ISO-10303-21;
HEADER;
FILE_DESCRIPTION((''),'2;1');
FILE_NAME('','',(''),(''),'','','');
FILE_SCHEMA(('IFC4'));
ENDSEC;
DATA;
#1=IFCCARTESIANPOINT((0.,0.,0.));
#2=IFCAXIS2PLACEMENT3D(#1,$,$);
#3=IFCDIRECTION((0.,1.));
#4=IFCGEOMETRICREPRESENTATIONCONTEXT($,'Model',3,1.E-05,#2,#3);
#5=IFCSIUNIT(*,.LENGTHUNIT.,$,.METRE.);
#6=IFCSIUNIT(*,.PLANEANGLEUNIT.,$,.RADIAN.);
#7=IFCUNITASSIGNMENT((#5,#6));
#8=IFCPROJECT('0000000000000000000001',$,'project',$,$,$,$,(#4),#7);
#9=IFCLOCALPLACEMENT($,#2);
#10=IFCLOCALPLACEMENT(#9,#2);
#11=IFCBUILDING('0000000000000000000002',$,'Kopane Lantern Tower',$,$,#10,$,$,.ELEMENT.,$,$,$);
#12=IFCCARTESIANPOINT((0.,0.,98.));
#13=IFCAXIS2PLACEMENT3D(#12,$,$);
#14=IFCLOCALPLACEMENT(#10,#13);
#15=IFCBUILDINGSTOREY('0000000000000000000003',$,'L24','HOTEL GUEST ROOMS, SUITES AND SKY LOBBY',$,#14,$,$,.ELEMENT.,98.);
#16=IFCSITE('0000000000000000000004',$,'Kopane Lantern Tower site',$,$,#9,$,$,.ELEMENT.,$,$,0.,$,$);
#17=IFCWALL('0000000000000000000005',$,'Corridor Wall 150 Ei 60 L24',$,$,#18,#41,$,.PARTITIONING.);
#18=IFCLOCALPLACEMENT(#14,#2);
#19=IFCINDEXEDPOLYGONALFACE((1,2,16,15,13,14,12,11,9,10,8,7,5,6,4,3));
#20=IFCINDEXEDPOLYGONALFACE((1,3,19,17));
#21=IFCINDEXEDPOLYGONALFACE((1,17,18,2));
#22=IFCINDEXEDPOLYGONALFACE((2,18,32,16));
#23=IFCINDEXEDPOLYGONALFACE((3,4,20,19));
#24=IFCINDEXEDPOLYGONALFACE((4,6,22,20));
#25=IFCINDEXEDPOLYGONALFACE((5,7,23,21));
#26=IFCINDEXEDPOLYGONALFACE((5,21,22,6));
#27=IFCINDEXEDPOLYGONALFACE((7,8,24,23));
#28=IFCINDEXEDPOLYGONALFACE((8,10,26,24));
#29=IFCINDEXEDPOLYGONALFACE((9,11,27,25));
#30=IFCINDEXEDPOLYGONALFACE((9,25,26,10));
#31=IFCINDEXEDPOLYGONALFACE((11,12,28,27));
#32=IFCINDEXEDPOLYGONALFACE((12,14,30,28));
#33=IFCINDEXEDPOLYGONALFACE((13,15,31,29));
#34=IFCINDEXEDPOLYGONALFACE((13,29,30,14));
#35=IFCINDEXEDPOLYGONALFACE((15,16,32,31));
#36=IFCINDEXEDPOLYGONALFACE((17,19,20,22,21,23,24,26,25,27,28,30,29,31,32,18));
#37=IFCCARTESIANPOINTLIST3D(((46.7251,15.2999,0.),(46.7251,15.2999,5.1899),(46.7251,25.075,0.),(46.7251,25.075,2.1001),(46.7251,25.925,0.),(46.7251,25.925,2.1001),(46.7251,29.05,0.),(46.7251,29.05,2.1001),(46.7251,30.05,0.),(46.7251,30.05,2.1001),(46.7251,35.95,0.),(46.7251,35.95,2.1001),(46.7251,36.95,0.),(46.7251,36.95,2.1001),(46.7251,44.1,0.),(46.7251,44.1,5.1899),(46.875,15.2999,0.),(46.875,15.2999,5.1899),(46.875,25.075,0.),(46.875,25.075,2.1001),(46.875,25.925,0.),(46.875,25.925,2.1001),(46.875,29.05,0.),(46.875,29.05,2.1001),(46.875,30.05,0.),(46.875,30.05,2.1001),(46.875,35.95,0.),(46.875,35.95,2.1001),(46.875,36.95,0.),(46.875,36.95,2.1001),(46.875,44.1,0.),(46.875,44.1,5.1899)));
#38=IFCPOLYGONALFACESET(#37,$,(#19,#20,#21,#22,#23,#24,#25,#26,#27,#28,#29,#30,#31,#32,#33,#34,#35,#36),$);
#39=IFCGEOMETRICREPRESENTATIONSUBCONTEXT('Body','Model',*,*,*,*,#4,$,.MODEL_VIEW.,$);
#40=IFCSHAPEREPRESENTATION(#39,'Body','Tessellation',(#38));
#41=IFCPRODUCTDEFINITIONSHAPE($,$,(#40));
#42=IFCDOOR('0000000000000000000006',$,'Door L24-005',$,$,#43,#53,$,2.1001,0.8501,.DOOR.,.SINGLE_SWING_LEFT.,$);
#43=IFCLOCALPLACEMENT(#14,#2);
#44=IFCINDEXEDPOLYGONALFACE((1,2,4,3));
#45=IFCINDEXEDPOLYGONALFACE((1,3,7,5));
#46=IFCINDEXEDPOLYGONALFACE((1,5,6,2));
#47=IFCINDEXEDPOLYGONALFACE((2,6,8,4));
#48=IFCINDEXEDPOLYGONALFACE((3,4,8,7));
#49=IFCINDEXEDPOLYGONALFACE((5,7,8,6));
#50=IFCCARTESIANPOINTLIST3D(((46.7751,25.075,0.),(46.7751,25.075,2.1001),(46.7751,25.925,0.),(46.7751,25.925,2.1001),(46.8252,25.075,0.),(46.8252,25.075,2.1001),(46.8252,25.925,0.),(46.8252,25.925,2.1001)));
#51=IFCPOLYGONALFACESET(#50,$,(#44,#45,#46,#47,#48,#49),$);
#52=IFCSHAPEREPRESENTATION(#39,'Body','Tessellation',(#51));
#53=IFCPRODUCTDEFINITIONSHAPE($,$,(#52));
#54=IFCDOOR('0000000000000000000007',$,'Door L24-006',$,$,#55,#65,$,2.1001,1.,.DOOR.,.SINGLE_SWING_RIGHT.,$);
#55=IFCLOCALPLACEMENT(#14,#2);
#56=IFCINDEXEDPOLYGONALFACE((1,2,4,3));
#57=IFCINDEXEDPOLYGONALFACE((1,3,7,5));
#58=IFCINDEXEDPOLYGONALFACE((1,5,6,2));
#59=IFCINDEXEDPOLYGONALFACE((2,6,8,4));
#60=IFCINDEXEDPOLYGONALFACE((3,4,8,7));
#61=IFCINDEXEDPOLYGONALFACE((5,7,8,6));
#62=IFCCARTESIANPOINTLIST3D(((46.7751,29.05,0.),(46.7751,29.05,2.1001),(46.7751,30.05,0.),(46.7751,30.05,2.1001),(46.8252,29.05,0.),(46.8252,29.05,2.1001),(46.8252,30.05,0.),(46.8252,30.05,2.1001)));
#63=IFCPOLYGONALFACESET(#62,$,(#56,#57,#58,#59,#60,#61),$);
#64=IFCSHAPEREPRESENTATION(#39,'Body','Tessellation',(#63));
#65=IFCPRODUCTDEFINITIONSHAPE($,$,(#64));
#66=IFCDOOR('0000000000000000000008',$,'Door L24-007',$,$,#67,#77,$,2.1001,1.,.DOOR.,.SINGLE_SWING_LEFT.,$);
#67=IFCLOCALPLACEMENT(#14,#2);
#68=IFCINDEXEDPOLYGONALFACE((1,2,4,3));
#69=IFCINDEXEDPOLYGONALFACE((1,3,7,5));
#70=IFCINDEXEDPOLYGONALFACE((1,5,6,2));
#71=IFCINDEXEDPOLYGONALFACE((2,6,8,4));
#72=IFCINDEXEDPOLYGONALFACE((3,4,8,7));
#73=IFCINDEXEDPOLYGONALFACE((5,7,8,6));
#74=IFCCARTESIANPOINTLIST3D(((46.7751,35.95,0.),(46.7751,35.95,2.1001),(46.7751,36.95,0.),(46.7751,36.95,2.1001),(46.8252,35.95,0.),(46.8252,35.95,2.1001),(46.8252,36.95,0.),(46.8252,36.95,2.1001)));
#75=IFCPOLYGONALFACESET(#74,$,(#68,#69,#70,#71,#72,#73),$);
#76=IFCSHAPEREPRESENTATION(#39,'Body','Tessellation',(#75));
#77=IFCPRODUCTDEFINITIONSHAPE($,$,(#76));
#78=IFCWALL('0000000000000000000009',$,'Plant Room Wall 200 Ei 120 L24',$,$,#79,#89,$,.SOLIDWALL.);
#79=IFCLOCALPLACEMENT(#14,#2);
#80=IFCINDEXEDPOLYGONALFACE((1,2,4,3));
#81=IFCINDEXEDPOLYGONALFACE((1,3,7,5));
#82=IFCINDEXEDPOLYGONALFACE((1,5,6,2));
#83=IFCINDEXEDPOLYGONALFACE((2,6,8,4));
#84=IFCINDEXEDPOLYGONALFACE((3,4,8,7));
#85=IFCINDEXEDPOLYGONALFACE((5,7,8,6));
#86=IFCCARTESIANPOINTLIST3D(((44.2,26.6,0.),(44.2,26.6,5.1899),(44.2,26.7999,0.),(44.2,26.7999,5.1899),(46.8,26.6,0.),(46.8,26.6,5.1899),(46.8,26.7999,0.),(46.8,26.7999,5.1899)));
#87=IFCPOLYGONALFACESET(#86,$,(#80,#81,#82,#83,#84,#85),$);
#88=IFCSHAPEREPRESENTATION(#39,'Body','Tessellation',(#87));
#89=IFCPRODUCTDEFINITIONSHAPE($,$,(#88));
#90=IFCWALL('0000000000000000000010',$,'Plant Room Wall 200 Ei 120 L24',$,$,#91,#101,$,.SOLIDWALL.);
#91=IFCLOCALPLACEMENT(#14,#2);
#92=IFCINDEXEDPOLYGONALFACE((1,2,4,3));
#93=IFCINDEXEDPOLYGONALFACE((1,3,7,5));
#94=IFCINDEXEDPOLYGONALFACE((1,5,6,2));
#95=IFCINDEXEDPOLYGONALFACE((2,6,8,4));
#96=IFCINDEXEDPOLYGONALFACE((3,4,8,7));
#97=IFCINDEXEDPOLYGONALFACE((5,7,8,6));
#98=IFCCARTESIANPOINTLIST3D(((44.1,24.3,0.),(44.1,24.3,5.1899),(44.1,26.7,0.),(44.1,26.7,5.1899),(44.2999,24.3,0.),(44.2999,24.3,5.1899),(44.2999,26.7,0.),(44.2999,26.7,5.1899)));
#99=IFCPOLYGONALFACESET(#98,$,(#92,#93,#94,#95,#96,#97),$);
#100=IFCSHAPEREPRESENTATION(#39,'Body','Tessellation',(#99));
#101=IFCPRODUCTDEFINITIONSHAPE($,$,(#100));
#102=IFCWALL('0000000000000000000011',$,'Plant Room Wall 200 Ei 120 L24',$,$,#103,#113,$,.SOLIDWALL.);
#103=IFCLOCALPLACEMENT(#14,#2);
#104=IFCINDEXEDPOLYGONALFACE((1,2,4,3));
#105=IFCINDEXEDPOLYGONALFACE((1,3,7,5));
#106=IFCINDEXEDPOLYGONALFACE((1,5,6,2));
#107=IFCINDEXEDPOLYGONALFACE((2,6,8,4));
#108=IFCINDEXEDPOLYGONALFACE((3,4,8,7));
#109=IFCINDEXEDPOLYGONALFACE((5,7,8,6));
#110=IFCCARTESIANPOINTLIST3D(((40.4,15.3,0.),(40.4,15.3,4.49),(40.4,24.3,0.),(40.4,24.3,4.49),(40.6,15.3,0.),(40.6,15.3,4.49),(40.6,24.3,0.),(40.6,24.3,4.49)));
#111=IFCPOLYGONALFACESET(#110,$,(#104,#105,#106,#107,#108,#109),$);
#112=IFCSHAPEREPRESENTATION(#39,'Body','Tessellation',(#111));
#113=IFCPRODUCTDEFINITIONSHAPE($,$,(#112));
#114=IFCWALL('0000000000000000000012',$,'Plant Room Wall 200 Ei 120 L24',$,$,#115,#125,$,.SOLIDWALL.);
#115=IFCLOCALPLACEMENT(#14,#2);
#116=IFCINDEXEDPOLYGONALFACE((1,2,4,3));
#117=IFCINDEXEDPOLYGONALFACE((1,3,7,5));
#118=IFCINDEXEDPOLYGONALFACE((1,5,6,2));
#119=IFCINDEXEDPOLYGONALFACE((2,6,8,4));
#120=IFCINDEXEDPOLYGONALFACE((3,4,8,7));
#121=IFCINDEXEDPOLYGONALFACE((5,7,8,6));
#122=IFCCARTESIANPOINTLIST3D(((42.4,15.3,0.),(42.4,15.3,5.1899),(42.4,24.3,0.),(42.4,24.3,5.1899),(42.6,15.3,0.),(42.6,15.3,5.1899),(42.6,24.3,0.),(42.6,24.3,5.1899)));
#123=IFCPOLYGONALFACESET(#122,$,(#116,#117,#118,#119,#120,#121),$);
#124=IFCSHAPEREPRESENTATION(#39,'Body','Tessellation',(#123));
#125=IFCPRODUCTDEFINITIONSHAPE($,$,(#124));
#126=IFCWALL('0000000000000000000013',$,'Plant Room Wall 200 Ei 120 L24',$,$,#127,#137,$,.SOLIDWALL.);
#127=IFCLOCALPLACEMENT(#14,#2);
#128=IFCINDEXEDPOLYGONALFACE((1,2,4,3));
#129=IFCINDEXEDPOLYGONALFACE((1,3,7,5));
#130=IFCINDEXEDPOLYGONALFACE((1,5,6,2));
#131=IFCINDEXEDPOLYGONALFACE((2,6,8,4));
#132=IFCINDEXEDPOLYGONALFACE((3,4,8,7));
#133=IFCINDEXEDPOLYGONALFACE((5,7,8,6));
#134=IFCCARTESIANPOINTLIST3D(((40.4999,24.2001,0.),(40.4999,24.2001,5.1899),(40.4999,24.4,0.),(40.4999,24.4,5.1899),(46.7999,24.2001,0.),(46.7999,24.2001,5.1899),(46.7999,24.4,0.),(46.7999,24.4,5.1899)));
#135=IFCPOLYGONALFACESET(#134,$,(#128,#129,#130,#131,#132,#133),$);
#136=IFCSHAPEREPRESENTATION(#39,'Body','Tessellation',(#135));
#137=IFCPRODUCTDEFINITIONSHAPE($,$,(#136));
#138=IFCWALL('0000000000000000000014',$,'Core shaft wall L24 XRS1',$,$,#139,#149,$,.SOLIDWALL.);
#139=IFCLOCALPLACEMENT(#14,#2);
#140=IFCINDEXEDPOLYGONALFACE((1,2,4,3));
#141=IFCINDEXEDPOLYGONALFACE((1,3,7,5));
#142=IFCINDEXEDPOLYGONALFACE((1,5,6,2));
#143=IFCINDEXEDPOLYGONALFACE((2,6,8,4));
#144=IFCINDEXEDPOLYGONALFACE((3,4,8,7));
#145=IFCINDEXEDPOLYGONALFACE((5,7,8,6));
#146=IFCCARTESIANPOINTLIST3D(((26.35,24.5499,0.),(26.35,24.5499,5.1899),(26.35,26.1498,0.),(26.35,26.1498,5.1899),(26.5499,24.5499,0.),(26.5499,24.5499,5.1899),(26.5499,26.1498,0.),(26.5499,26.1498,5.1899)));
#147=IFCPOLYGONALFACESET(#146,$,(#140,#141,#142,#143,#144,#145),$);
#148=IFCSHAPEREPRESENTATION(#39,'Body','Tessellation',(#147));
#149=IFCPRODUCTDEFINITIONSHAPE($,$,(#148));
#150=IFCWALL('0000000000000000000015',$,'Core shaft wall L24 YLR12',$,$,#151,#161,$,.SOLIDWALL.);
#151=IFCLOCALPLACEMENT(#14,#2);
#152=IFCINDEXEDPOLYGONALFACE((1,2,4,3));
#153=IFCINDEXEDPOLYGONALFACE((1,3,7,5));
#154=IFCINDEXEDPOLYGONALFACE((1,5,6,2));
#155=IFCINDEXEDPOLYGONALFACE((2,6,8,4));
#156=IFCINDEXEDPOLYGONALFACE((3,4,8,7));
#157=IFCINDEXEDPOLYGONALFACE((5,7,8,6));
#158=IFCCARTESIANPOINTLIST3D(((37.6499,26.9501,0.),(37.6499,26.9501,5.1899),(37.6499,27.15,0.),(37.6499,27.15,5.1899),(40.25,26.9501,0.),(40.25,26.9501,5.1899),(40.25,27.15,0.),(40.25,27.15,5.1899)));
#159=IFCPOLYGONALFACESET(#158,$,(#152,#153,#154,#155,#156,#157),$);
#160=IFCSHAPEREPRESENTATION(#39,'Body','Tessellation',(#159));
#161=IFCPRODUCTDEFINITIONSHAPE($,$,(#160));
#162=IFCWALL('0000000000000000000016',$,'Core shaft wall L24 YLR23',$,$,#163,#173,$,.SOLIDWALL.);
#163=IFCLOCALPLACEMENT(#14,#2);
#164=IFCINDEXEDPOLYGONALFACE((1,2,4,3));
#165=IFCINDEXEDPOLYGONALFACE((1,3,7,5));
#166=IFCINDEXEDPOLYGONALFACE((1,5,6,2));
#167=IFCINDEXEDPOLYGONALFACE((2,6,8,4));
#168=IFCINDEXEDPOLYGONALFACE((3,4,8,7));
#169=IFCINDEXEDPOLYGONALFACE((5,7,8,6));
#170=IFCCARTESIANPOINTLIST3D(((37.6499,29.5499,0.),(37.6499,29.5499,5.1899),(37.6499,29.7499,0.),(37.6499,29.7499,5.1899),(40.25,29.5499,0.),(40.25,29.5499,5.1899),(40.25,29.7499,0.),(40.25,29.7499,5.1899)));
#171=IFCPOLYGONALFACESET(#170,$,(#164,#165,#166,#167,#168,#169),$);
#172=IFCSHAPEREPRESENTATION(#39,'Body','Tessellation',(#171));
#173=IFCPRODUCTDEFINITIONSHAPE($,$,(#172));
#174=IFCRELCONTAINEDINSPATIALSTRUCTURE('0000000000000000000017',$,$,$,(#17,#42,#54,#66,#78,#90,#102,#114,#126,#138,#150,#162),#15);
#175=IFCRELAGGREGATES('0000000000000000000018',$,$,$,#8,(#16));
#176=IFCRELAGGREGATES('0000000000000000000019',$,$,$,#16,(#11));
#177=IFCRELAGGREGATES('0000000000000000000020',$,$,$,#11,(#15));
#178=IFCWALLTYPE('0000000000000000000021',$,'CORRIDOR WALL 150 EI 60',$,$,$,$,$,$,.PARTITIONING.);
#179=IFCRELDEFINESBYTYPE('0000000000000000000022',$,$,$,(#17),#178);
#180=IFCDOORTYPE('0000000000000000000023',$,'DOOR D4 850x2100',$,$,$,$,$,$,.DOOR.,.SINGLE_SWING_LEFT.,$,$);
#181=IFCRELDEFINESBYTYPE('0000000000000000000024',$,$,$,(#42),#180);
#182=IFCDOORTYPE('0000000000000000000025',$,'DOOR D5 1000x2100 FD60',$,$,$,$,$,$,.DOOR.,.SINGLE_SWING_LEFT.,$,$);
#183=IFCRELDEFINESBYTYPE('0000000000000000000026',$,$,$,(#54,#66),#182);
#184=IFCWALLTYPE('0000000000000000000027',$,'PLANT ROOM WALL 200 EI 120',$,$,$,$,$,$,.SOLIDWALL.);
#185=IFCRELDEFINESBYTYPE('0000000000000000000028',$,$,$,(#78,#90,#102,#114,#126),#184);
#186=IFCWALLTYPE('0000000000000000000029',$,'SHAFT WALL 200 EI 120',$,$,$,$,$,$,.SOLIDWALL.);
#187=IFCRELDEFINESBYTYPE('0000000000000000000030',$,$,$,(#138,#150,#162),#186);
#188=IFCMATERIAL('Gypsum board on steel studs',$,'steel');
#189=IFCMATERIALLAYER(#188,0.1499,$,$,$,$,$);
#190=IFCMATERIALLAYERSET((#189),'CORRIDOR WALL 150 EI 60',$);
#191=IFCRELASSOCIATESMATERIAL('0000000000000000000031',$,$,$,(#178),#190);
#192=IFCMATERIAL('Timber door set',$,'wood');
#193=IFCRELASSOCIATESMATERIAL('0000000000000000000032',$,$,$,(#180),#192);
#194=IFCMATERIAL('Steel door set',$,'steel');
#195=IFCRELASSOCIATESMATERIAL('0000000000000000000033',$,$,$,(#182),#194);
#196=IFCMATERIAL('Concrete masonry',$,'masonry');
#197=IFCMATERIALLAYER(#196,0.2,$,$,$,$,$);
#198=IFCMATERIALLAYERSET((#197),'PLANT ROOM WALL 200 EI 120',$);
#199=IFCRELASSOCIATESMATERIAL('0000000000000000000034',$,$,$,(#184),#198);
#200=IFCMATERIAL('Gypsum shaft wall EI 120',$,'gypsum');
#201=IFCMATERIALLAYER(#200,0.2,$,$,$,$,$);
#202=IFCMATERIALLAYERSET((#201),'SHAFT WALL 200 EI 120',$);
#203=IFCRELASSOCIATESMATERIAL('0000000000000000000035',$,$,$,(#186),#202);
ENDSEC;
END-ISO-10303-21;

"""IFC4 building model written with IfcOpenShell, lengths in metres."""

from ifc_helpers import new_model, si_unit, direction, frame, frame_2d, origin, place, context, subcontext, project, spatial, rectangle, extrude, material, layer, layer_set, type_object, element, fill, save


model = new_model("IFC4")

# Units and contexts
model_context = context("Model", 3, precision=1e-05, world=origin(), true_north=direction((0.0, 1.0)))
body_context = subcontext(model_context, "Body", "Model", "MODEL_VIEW")
ifc_project = project(units=[si_unit("LENGTHUNIT", "METRE"), si_unit("PLANEANGLEUNIT", "RADIAN")], contexts=[model_context])

# Site, building, storey
site_placement = place(None, origin())
site = spatial("IfcSite", under=ifc_project, at=site_placement, Name="Kopane Lantern Tower site", CompositionType="ELEMENT", RefElevation=0.0)
building_placement = place(site_placement, origin())
building = spatial("IfcBuilding", under=site, at=building_placement, Name="Kopane Lantern Tower", CompositionType="ELEMENT")
storey_placement = place(building_placement, frame((0.0, 0.0, 98.0)))
storey = spatial("IfcBuildingStorey", under=building, at=storey_placement, Name="L24", Description="HOTEL GUEST ROOMS, SUITES AND SKY LOBBY", CompositionType="ELEMENT", Elevation=98.0)

# Wall, openings, doors
ifc_material_1 = material(Name="Gypsum board on steel studs", Category="steel")
ifc_layer_1 = layer(ifc_material_1, 0.1499)
ifc_layer_set_1 = layer_set([ifc_layer_1], Name="CORRIDOR WALL 150 EI 60")
wall_type_1 = type_object("IfcWallType", Name="CORRIDOR WALL 150 EI 60", PredefinedType="PARTITIONING", material=ifc_layer_set_1)
wall_1_placement = place(storey_placement, frame((46.8, 15.3, 0.0), z_axis=(0.0, 0.0, 1.0), x_axis=(0.0, 1.0, 0.0)))
wall_1 = element("IfcWall", 1, at=wall_1_placement, inside=storey, type_object=wall_type_1, Name="Corridor Wall 150 Ei 60 L24", PredefinedType="PARTITIONING", context=body_context, shape_type="SweptSolid", body=[
    extrude(rectangle(XDim=28.8, YDim=0.1499, at=frame_2d((14.3999, 0.0))), origin(), (0.0, 0.0, 1.0), 5.1899),
])
opening_1_placement = place(wall_1_placement, frame((9.7749, 0.0, 0.0)))
opening_1 = element("IfcOpeningElement", 2, at=opening_1_placement, cuts=wall_1, PredefinedType="OPENING", context=body_context, shape_type="SweptSolid", body=[
    extrude(rectangle(XDim=0.8501, YDim=2.1001, at=frame_2d((0.425, 1.05))), frame((0.0, 0.085, 0.0), z_axis=(0.0, -1.0, 0.0), x_axis=(1.0, 0.0, 0.0)), (0.0, 0.0, 1.0), 0.1699),
])
opening_2_placement = place(wall_1_placement, frame((13.75, 0.0, 0.0)))
opening_2 = element("IfcOpeningElement", 3, at=opening_2_placement, cuts=wall_1, PredefinedType="OPENING", context=body_context, shape_type="SweptSolid", body=[
    extrude(rectangle(XDim=1.0, YDim=2.1001, at=frame_2d((0.5, 1.05))), frame((0.0, 0.085, 0.0), z_axis=(0.0, -1.0, 0.0), x_axis=(1.0, 0.0, 0.0)), (0.0, 0.0, 1.0), 0.1699),
])
opening_3_placement = place(wall_1_placement, frame((20.6499, 0.0, 0.0)))
opening_3 = element("IfcOpeningElement", 4, at=opening_3_placement, cuts=wall_1, PredefinedType="OPENING", context=body_context, shape_type="SweptSolid", body=[
    extrude(rectangle(XDim=1.0, YDim=2.1001, at=frame_2d((0.5, 1.05))), frame((0.0, 0.085, 0.0), z_axis=(0.0, -1.0, 0.0), x_axis=(1.0, 0.0, 0.0)), (0.0, 0.0, 1.0), 0.1699),
])
ifc_material_2 = material(Name="Timber door set", Category="wood")
door_type_1 = type_object("IfcDoorType", Name="DOOR D4 850x2100", OperationType="SINGLE_SWING_LEFT", PredefinedType="DOOR", material=ifc_material_2)
door_1_placement = place(opening_1_placement, origin())
door_1 = element("IfcDoor", 5, at=door_1_placement, inside=storey, type_object=door_type_1, Name="Door L24-005", OperationType="SINGLE_SWING_LEFT", OverallHeight=2.1001, OverallWidth=0.8501, PredefinedType="DOOR", context=body_context, shape_type="SweptSolid", body=[
    extrude(rectangle(XDim=0.8501, YDim=2.1001, at=frame_2d((0.425, 1.05))), frame((0.0, 0.0249, 0.0), z_axis=(0.0, -1.0, 0.0), x_axis=(1.0, 0.0, 0.0)), (0.0, 0.0, 1.0), 0.05),
])
fill(opening_1, door_1)
ifc_material_3 = material(Name="Steel door set", Category="steel")
door_type_2 = type_object("IfcDoorType", Name="DOOR D5 1000x2100 FD60", OperationType="SINGLE_SWING_LEFT", PredefinedType="DOOR", material=ifc_material_3)
door_2_placement = place(opening_2_placement, origin())
door_2 = element("IfcDoor", 6, at=door_2_placement, inside=storey, type_object=door_type_2, Name="Door L24-006", OperationType="SINGLE_SWING_RIGHT", OverallHeight=2.1001, OverallWidth=1.0, PredefinedType="DOOR", context=body_context, shape_type="SweptSolid", body=[
    extrude(rectangle(XDim=1.0, YDim=2.1001, at=frame_2d((0.5, 1.05))), frame((0.0, 0.0249, 0.0), z_axis=(0.0, -1.0, 0.0), x_axis=(1.0, 0.0, 0.0)), (0.0, 0.0, 1.0), 0.05),
])
fill(opening_2, door_2)
door_3_placement = place(opening_3_placement, origin())
door_3 = element("IfcDoor", 7, at=door_3_placement, inside=storey, type_object=door_type_2, Name="Door L24-007", OperationType="SINGLE_SWING_LEFT", OverallHeight=2.1001, OverallWidth=1.0, PredefinedType="DOOR", context=body_context, shape_type="SweptSolid", body=[
    extrude(rectangle(XDim=1.0, YDim=2.1001, at=frame_2d((0.5, 1.05))), frame((0.0, 0.0249, 0.0), z_axis=(0.0, -1.0, 0.0), x_axis=(1.0, 0.0, 0.0)), (0.0, 0.0, 1.0), 0.05),
])
fill(opening_3, door_3)

# Walls
ifc_material_4 = material(Name="Concrete masonry", Category="masonry")
ifc_layer_2 = layer(ifc_material_4, 0.2)
ifc_layer_set_2 = layer_set([ifc_layer_2], Name="PLANT ROOM WALL 200 EI 120")
wall_type_2 = type_object("IfcWallType", Name="PLANT ROOM WALL 200 EI 120", PredefinedType="SOLIDWALL", material=ifc_layer_set_2)
wall_2_placement = place(storey_placement, frame((46.8, 26.7, 0.0), z_axis=(0.0, 0.0, 1.0), x_axis=(-1.0, 0.0, 0.0)))
element("IfcWall", 8, at=wall_2_placement, inside=storey, type_object=wall_type_2, Name="Plant Room Wall 200 Ei 120 L24", PredefinedType="SOLIDWALL", context=body_context, shape_type="SweptSolid", body=[
    extrude(rectangle(XDim=2.6001, YDim=0.2, at=frame_2d((1.3, 0.0))), origin(), (0.0, 0.0, 1.0), 5.1899),
])
wall_3_placement = place(storey_placement, frame((44.2, 24.3, 0.0), z_axis=(0.0, 0.0, 1.0), x_axis=(0.0, 1.0, 0.0)))
element("IfcWall", 9, at=wall_3_placement, inside=storey, type_object=wall_type_2, Name="Plant Room Wall 200 Ei 120 L24", PredefinedType="SOLIDWALL", context=body_context, shape_type="SweptSolid", body=[
    extrude(rectangle(XDim=2.3999, YDim=0.2, at=frame_2d((1.2, 0.0))), origin(), (0.0, 0.0, 1.0), 5.1899),
])
wall_4_placement = place(storey_placement, frame((40.5, 15.3, 0.0), z_axis=(0.0, 0.0, 1.0), x_axis=(0.0, 1.0, 0.0)))
element("IfcWall", 10, at=wall_4_placement, inside=storey, type_object=wall_type_2, Name="Plant Room Wall 200 Ei 120 L24", PredefinedType="SOLIDWALL", context=body_context, shape_type="SweptSolid", body=[
    extrude(rectangle(XDim=9.0, YDim=0.2, at=frame_2d((4.5, 0.0))), origin(), (0.0, 0.0, 1.0), 4.49),
])
wall_5_placement = place(storey_placement, frame((42.5, 15.3, 0.0), z_axis=(0.0, 0.0, 1.0), x_axis=(0.0, 1.0, 0.0)))
element("IfcWall", 11, at=wall_5_placement, inside=storey, type_object=wall_type_2, Name="Plant Room Wall 200 Ei 120 L24", PredefinedType="SOLIDWALL", context=body_context, shape_type="SweptSolid", body=[
    extrude(rectangle(XDim=9.0, YDim=0.2, at=frame_2d((4.5, 0.0))), origin(), (0.0, 0.0, 1.0), 5.1899),
])
wall_6_placement = place(storey_placement, frame((40.5, 24.3, 0.0), z_axis=(0.0, 0.0, 1.0), x_axis=(1.0, 0.0, 0.0)))
element("IfcWall", 12, at=wall_6_placement, inside=storey, type_object=wall_type_2, Name="Plant Room Wall 200 Ei 120 L24", PredefinedType="SOLIDWALL", context=body_context, shape_type="SweptSolid", body=[
    extrude(rectangle(XDim=6.3, YDim=0.2, at=frame_2d((3.1499, 0.0))), origin(), (0.0, 0.0, 1.0), 5.1899),
])
ifc_material_5 = material(Name="Gypsum shaft wall EI 120", Category="gypsum")
ifc_layer_3 = layer(ifc_material_5, 0.2)
ifc_layer_set_3 = layer_set([ifc_layer_3], Name="SHAFT WALL 200 EI 120")
wall_type_3 = type_object("IfcWallType", Name="SHAFT WALL 200 EI 120", PredefinedType="SOLIDWALL", material=ifc_layer_set_3)
wall_7_placement = place(storey_placement, frame((26.45, 24.55, 0.0), z_axis=(0.0, 0.0, 1.0), x_axis=(0.0, 1.0, 0.0)))
element("IfcWall", 13, at=wall_7_placement, inside=storey, type_object=wall_type_3, Name="Core shaft wall L24 XRS1", PredefinedType="SOLIDWALL", context=body_context, shape_type="SweptSolid", body=[
    extrude(rectangle(XDim=1.5999, YDim=0.2, at=frame_2d((0.7998, 0.0))), origin(), (0.0, 0.0, 1.0), 5.1899),
])
for number, where, z_axis, x_axis, name in (
    (14, (37.6499, 27.05, 0.0), (0.0, 0.0, 1.0), (1.0, 0.0, 0.0), "Core shaft wall L24 YLR12"),
    (15, (37.6499, 29.6499, 0.0), (0.0, 0.0, 1.0), (1.0, 0.0, 0.0), "Core shaft wall L24 YLR23"),
):
    element("IfcWall", number, at=place(storey_placement, frame(where, z_axis=z_axis, x_axis=x_axis)), inside=storey, type_object=wall_type_3, Name=name, PredefinedType="SOLIDWALL", context=body_context, shape_type="SweptSolid", body=[
        extrude(rectangle(XDim=2.6001, YDim=0.2, at=frame_2d((1.3, 0.0))), origin(), (0.0, 0.0, 1.0), 5.1899),
    ])

save(model, "model.ifc")
